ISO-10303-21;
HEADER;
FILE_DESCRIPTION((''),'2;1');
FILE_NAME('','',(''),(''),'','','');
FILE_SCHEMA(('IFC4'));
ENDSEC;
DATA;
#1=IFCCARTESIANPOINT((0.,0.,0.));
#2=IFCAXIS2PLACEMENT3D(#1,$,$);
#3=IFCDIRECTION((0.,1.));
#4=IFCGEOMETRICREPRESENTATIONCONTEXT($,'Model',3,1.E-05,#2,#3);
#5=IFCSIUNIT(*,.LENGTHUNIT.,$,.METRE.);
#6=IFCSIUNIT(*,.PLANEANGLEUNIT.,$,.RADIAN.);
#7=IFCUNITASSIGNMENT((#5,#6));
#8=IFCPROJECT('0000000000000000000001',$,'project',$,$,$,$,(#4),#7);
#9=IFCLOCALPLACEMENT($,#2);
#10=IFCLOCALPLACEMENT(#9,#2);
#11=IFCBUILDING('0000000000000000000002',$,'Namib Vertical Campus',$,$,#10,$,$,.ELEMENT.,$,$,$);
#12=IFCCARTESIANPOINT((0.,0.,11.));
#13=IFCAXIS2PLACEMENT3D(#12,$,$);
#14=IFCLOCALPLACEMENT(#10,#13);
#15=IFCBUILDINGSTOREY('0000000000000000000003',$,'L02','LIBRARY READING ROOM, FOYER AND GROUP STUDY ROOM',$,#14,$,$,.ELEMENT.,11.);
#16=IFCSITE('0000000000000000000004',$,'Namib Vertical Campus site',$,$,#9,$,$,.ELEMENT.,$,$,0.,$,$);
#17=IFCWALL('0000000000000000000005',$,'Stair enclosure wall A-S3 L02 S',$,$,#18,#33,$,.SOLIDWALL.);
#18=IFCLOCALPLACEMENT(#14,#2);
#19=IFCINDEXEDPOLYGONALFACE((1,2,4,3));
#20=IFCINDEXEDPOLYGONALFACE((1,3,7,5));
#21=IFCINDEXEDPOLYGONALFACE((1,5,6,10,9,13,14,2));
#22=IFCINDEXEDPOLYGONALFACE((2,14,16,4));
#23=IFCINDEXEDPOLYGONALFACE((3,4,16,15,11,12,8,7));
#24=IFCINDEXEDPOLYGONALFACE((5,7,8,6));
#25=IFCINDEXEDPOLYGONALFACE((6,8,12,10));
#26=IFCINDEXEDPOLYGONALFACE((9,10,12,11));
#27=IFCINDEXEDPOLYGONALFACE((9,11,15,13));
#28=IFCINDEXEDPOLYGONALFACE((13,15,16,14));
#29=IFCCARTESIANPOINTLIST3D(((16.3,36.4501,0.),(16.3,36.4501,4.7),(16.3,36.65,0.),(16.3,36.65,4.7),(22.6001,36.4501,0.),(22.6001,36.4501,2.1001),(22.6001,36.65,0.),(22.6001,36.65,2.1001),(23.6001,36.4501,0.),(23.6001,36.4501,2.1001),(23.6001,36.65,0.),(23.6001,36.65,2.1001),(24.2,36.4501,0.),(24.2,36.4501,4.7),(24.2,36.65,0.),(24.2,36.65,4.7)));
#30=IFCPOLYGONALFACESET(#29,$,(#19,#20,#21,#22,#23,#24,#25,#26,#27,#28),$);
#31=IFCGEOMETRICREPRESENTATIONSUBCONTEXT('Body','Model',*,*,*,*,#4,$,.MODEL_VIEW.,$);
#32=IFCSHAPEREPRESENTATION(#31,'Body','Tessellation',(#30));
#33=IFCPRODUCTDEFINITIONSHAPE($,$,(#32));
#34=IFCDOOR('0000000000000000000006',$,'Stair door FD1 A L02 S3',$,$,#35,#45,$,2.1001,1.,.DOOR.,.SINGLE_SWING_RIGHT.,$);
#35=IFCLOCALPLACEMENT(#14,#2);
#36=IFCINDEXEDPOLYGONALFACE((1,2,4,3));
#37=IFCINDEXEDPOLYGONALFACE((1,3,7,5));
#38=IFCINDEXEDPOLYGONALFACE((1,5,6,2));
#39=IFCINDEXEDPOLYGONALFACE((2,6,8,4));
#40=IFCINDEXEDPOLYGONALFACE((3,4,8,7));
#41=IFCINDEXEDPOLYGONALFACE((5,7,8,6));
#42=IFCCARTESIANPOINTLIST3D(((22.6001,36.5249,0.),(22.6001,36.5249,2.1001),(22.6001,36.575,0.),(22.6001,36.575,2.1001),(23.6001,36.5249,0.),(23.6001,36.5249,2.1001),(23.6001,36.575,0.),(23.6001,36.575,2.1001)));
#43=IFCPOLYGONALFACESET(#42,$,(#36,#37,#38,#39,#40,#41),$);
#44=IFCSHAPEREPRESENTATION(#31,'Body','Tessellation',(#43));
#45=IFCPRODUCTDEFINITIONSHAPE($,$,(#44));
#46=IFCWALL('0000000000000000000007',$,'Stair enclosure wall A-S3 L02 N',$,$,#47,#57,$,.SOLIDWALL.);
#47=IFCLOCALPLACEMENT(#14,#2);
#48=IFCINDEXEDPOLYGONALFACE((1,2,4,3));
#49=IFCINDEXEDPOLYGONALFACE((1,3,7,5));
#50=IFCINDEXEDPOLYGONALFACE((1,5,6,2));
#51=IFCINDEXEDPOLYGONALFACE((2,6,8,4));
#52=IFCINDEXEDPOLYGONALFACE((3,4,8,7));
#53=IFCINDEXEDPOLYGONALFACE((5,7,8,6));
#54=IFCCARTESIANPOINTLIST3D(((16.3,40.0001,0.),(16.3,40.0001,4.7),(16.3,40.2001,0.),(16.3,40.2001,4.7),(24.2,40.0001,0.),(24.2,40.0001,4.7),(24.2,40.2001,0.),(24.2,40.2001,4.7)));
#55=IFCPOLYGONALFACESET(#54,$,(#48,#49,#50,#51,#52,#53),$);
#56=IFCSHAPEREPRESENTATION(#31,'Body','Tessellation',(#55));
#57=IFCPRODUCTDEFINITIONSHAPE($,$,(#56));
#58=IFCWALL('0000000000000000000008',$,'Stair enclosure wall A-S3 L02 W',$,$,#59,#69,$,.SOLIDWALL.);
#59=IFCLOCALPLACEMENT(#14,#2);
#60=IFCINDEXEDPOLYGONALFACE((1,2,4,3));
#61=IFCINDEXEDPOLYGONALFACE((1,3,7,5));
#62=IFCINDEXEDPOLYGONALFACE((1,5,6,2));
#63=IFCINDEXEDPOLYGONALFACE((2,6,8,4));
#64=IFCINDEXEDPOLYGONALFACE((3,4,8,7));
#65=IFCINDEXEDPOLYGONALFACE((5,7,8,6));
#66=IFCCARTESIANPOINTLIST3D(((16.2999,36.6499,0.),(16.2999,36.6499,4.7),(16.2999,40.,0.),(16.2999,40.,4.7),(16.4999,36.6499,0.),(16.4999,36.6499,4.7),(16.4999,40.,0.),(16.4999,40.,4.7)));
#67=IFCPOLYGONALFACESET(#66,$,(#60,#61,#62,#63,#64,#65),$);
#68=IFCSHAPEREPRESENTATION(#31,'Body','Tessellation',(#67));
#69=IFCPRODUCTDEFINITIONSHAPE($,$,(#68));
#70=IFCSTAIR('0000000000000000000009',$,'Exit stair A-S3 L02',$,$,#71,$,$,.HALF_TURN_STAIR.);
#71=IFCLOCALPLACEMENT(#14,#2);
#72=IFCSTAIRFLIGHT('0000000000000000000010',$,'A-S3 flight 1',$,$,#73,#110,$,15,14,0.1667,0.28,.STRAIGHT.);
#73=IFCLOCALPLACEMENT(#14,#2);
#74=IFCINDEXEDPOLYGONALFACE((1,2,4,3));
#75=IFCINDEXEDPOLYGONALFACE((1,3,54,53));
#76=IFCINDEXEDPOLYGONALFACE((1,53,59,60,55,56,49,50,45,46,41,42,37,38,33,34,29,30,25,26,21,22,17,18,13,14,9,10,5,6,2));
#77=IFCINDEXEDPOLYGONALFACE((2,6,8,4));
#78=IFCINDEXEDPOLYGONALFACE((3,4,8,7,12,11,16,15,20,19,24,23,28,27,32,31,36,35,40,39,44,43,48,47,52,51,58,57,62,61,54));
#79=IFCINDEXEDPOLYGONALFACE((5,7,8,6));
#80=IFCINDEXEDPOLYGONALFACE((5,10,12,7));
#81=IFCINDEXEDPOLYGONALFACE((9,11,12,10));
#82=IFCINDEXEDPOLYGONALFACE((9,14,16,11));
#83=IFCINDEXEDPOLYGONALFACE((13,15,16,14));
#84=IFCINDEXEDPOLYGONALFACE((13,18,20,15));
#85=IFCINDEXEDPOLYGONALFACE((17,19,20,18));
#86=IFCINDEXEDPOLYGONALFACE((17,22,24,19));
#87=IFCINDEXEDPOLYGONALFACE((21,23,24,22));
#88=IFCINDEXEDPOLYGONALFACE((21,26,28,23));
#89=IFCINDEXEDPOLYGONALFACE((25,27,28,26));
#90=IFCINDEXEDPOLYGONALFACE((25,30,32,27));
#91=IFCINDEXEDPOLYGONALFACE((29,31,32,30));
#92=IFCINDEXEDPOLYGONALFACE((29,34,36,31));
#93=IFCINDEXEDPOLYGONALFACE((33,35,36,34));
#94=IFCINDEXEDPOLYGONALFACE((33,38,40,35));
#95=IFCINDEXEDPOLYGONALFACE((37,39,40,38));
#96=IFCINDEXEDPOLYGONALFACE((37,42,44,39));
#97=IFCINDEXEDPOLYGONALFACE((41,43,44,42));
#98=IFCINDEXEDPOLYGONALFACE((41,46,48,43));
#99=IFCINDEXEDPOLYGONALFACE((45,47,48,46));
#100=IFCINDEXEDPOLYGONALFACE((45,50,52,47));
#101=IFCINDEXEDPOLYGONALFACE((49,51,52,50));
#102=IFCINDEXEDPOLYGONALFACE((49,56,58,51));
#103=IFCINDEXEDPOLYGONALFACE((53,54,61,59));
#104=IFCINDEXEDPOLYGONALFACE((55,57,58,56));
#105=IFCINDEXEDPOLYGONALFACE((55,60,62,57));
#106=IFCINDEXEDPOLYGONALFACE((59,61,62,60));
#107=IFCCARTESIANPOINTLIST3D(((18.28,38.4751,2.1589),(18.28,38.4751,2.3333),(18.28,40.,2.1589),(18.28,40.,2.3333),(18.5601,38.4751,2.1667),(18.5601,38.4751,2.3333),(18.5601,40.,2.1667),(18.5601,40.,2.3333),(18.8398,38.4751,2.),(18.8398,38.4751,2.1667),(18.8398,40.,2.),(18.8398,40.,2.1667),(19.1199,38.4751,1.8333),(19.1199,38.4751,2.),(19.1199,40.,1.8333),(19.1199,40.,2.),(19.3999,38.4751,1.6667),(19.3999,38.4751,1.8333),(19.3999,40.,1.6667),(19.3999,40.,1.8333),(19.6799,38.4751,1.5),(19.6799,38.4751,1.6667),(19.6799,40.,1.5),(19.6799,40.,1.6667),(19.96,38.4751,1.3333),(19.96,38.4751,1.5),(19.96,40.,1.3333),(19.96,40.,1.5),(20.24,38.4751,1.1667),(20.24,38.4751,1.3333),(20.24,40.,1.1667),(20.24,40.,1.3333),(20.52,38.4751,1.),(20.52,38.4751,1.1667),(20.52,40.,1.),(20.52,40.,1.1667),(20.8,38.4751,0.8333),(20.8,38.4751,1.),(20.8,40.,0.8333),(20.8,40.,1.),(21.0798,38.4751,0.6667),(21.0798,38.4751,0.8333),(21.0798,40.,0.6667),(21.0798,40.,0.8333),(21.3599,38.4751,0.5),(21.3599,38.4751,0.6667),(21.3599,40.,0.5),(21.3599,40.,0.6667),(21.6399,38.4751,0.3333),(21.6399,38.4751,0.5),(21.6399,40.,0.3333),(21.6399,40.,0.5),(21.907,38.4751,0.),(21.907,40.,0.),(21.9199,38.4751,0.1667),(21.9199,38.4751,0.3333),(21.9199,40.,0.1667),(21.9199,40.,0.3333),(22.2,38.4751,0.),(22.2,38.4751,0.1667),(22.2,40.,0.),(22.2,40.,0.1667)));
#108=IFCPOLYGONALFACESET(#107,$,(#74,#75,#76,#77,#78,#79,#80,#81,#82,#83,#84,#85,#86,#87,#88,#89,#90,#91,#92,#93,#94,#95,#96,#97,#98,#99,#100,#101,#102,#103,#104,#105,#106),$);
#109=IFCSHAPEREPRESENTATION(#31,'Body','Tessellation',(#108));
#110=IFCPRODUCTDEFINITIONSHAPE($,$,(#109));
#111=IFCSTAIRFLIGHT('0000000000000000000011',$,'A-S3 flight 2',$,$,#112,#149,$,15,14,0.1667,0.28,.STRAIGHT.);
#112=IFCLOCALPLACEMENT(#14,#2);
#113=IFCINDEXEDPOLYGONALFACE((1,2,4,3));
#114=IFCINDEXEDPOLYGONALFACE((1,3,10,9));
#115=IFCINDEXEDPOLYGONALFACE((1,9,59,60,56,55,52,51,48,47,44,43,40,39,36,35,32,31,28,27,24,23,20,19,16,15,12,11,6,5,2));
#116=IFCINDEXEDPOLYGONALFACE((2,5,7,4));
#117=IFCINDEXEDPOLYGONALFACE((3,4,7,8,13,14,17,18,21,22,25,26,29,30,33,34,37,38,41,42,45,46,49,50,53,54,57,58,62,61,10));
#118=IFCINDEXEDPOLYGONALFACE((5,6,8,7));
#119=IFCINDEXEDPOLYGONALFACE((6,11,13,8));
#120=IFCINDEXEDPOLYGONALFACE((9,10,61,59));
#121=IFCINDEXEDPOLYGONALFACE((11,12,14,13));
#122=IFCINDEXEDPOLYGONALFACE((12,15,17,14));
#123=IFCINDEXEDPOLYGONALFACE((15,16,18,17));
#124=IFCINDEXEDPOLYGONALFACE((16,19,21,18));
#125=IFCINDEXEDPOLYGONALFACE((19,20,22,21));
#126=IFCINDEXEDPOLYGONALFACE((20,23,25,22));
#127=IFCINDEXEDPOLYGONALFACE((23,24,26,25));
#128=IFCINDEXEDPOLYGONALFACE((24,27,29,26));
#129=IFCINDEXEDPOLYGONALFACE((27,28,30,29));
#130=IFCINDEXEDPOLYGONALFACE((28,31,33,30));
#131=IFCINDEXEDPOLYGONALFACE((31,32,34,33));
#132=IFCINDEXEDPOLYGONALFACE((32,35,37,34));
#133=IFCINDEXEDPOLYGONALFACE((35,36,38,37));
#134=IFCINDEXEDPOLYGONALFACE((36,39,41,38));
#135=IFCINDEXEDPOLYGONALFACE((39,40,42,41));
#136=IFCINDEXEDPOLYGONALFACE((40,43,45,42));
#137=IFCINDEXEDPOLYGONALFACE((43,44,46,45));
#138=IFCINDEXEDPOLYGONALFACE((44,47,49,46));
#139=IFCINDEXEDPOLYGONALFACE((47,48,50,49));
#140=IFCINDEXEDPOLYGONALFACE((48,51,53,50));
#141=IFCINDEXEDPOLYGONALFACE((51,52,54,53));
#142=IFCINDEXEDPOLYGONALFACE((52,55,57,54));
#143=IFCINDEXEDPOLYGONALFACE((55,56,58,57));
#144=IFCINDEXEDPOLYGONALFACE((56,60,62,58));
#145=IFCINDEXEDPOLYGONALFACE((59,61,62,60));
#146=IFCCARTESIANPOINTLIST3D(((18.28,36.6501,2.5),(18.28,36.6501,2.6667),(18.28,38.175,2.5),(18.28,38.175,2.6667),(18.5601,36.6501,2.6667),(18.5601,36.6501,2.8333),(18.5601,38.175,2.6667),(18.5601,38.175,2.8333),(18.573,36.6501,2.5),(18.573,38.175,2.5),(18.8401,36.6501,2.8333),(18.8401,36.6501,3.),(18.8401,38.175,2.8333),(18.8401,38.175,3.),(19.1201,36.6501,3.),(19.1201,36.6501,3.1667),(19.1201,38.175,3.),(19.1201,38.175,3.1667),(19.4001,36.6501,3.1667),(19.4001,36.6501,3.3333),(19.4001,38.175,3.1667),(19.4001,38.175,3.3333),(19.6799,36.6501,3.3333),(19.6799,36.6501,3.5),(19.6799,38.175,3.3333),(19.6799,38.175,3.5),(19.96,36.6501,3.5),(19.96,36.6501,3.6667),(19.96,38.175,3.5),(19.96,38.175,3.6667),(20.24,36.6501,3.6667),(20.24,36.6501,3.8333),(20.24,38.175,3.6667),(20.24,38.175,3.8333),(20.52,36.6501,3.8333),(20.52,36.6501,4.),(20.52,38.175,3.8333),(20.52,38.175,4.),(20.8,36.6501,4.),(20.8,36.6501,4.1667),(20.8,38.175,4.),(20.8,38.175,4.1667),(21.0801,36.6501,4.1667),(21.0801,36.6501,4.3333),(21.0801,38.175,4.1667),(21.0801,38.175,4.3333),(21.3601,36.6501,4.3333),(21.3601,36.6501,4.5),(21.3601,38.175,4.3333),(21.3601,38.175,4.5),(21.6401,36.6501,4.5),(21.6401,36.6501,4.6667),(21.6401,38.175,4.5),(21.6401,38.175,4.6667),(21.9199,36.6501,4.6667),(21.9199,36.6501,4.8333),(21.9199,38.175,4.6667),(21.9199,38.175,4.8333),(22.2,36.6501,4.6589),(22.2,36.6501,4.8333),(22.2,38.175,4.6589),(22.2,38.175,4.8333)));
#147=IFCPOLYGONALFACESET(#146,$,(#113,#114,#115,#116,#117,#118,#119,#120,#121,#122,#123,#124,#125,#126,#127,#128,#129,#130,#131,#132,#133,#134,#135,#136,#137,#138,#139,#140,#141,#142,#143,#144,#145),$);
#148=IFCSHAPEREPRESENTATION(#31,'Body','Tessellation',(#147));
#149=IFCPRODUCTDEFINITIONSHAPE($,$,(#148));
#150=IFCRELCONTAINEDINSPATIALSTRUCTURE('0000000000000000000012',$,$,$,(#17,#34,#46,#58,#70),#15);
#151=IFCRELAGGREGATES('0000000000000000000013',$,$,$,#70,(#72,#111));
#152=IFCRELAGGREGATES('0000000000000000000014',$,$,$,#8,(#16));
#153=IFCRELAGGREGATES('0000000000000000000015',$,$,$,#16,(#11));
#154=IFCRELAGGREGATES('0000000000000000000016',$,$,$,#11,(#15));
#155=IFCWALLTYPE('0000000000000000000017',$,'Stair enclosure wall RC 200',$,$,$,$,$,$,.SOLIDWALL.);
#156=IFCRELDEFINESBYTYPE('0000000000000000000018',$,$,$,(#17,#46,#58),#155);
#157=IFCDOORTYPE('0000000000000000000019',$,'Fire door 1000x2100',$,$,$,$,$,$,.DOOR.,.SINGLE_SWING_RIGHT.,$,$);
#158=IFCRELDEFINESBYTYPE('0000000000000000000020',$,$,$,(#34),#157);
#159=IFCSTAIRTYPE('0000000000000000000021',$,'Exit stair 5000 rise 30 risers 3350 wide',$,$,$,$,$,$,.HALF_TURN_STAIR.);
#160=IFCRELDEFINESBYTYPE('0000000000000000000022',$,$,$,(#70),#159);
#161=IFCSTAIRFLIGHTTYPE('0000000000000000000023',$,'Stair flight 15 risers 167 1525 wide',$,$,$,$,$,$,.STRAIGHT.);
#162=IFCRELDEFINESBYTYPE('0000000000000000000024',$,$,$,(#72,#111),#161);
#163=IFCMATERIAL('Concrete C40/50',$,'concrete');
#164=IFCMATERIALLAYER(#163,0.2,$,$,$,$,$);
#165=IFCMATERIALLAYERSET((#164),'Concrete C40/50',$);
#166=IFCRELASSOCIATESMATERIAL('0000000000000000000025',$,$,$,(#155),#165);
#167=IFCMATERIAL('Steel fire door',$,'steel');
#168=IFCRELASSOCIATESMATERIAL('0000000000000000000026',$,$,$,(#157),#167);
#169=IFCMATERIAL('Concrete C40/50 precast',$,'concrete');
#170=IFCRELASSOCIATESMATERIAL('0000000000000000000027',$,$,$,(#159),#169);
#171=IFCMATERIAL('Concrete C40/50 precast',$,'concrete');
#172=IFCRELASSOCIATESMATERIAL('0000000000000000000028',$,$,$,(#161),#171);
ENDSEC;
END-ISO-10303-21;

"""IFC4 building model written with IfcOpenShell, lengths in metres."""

from ifc_helpers import new_model, si_unit, direction, frame, frame_2d, origin, place, context, subcontext, project, spatial, polyline, rectangle, outline, extrude, material, layer, layer_set, type_object, element, fill, aggregate, save


model = new_model("IFC4")

# Units and contexts
model_context = context("Model", 3, precision=1e-05, world=origin(), true_north=direction((0.0, 1.0)))
body_context = subcontext(model_context, "Body", "Model", "MODEL_VIEW")
ifc_project = project(units=[si_unit("LENGTHUNIT", "METRE"), si_unit("PLANEANGLEUNIT", "RADIAN")], contexts=[model_context])

# Site, building, storey
site_placement = place(None, origin())
site = spatial("IfcSite", under=ifc_project, at=site_placement, Name="Namib Vertical Campus site", CompositionType="ELEMENT", RefElevation=0.0)
building_placement = place(site_placement, origin())
building = spatial("IfcBuilding", under=site, at=building_placement, Name="Namib Vertical Campus", CompositionType="ELEMENT")
storey_placement = place(building_placement, frame((0.0, 0.0, 11.0)))
storey = spatial("IfcBuildingStorey", under=building, at=storey_placement, Name="L02", Description="LIBRARY READING ROOM, FOYER AND GROUP STUDY ROOM", CompositionType="ELEMENT", Elevation=11.0)

# Wall, opening, door
ifc_material_1 = material(Name="Concrete C40/50", Category="concrete")
ifc_layer_1 = layer(ifc_material_1, 0.2)
ifc_layer_set_1 = layer_set([ifc_layer_1], Name="Concrete C40/50")
wall_type_1 = type_object("IfcWallType", Name="Stair enclosure wall RC 200", PredefinedType="SOLIDWALL", material=ifc_layer_set_1)
wall_1_placement = place(storey_placement, frame((16.3, 36.55, 0.0), z_axis=(0.0, 0.0, 1.0), x_axis=(1.0, 0.0, 0.0)))
wall_1 = element("IfcWall", 1, at=wall_1_placement, inside=storey, type_object=wall_type_1, Name="Stair enclosure wall A-S3 L02 S", PredefinedType="SOLIDWALL", context=body_context, shape_type="SweptSolid", body=[
    extrude(rectangle(XDim=7.8999, YDim=0.2, at=frame_2d((3.95, 0.0))), origin(), (0.0, 0.0, 1.0), 4.7),
])
opening_placement = place(wall_1_placement, frame((6.3, 0.0, 0.0)))
opening = element("IfcOpeningElement", 2, at=opening_placement, cuts=wall_1, PredefinedType="OPENING", context=body_context, shape_type="SweptSolid", body=[
    extrude(rectangle(XDim=1.0, YDim=2.1001, at=frame_2d((0.5, 1.05))), frame((0.0, 0.1099, 0.0), z_axis=(0.0, -1.0, 0.0), x_axis=(1.0, 0.0, 0.0)), (0.0, 0.0, 1.0), 0.22),
])
ifc_material_2 = material(Name="Steel fire door", Category="steel")
door_type = type_object("IfcDoorType", Name="Fire door 1000x2100", OperationType="SINGLE_SWING_RIGHT", PredefinedType="DOOR", material=ifc_material_2)
door_placement = place(opening_placement, origin())
door = element("IfcDoor", 3, at=door_placement, inside=storey, type_object=door_type, Name="Stair door FD1 A L02 S3", OperationType="SINGLE_SWING_RIGHT", OverallHeight=2.1001, OverallWidth=1.0, PredefinedType="DOOR", context=body_context, shape_type="SweptSolid", body=[
    extrude(rectangle(XDim=1.0, YDim=2.1001, at=frame_2d((0.5, 1.05))), frame((0.0, 0.0249, 0.0), z_axis=(0.0, -1.0, 0.0), x_axis=(1.0, 0.0, 0.0)), (0.0, 0.0, 1.0), 0.05),
])
fill(opening, door)

# Walls
wall_2_placement = place(storey_placement, frame((16.3, 40.1001, 0.0), z_axis=(0.0, 0.0, 1.0), x_axis=(1.0, 0.0, 0.0)))
element("IfcWall", 4, at=wall_2_placement, inside=storey, type_object=wall_type_1, Name="Stair enclosure wall A-S3 L02 N", PredefinedType="SOLIDWALL", context=body_context, shape_type="SweptSolid", body=[
    extrude(rectangle(XDim=7.8999, YDim=0.2, at=frame_2d((3.95, 0.0))), origin(), (0.0, 0.0, 1.0), 4.7),
])
wall_3_placement = place(storey_placement, frame((16.3999, 36.6499, 0.0), z_axis=(0.0, 0.0, 1.0), x_axis=(0.0, 1.0, 0.0)))
element("IfcWall", 5, at=wall_3_placement, inside=storey, type_object=wall_type_1, Name="Stair enclosure wall A-S3 L02 W", PredefinedType="SOLIDWALL", context=body_context, shape_type="SweptSolid", body=[
    extrude(rectangle(XDim=3.3501, YDim=0.2, at=frame_2d((1.675, 0.0))), origin(), (0.0, 0.0, 1.0), 4.7),
])

# Stair, stair flights
ifc_material_3 = material(Name="Concrete C40/50 precast", Category="concrete")
stair_type = type_object("IfcStairType", Name="Exit stair 5000 rise 30 risers 3350 wide", PredefinedType="HALF_TURN_STAIR", material=ifc_material_3)
stair_placement = place(storey_placement, origin())
stair = element("IfcStair", 6, at=stair_placement, inside=storey, type_object=stair_type, Name="Exit stair A-S3 L02", PredefinedType="HALF_TURN_STAIR")
ifc_material_4 = material(Name="Concrete C40/50 precast", Category="concrete")
stair_flight_type = type_object("IfcStairFlightType", Name="Stair flight 15 risers 167 1525 wide", PredefinedType="STRAIGHT", material=ifc_material_4)
stair_flight_1_placement = place(storey_placement, frame((22.2, 39.2375, 0.0), z_axis=(0.0, 0.0, 1.0), x_axis=(-1.0, 0.0, 0.0)))
stair_flight_1 = element("IfcStairFlight", 7, at=stair_flight_1_placement, type_object=stair_flight_type, Name="A-S3 flight 1", NumberOfRisers=15, NumberOfTreads=14, PredefinedType="STRAIGHT", RiserHeight=0.1667, TreadLength=0.28, context=body_context, shape_type="SweptSolid", body=[
    extrude(outline(polyline([(0.0, 0.0), (0.0, 0.1667), (0.28, 0.1667), (0.28, 0.3333), (0.5601, 0.3333), (0.5601, 0.5), (0.8401, 0.5), (0.8401, 0.6667), (1.1201, 0.6667), (1.1201, 0.8333), (1.3999, 0.8333), (1.3999, 1.0), (1.6799, 1.0), (1.6799, 1.1667), (1.96, 1.1667), (1.96, 1.3333), (2.24, 1.3333), (2.24, 1.5), (2.52, 1.5), (2.52, 1.6667), (2.8, 1.6667), (2.8, 1.8333), (3.0801, 1.8333), (3.0801, 2.0), (3.3601, 2.0), (3.3601, 2.1667), (3.6399, 2.1667), (3.6399, 2.3333), (3.9199, 2.3333), (3.9199, 2.5), (3.9199, 2.1589), (0.293, 0.0), (0.0, 0.0)])), frame((0.0, 0.7625, 0.0), z_axis=(0.0, -1.0, 0.0), x_axis=(1.0, 0.0, 0.0)), (0.0, 0.0, 1.0), 1.5249),
])
stair_flight_2_placement = place(storey_placement, frame((18.28, 37.4126, 2.5), z_axis=(0.0, 0.0, 1.0), x_axis=(1.0, 0.0, 0.0)))
stair_flight_2 = element("IfcStairFlight", 8, at=stair_flight_2_placement, type_object=stair_flight_type, Name="A-S3 flight 2", NumberOfRisers=15, NumberOfTreads=14, PredefinedType="STRAIGHT", RiserHeight=0.1667, TreadLength=0.28, context=body_context, shape_type="SweptSolid", body=[
    extrude(outline(polyline([(0.0, 0.0), (0.0, 0.1667), (0.28, 0.1667), (0.28, 0.3333), (0.5601, 0.3333), (0.5601, 0.5), (0.8401, 0.5), (0.8401, 0.6667), (1.1201, 0.6667), (1.1201, 0.8333), (1.3999, 0.8333), (1.3999, 1.0), (1.6799, 1.0), (1.6799, 1.1667), (1.96, 1.1667), (1.96, 1.3333), (2.24, 1.3333), (2.24, 1.5), (2.52, 1.5), (2.52, 1.6667), (2.8, 1.6667), (2.8, 1.8333), (3.0801, 1.8333), (3.0801, 2.0), (3.3601, 2.0), (3.3601, 2.1667), (3.6399, 2.1667), (3.6399, 2.3333), (3.9199, 2.3333), (3.9199, 2.5), (3.9199, 2.1589), (0.293, 0.0), (0.0, 0.0)])), frame((0.0, 0.7625, 0.0), z_axis=(0.0, -1.0, 0.0), x_axis=(1.0, 0.0, 0.0)), (0.0, 0.0, 1.0), 1.5249),
])
aggregate(stair, [stair_flight_1, stair_flight_2])

save(model, "model.ifc")
